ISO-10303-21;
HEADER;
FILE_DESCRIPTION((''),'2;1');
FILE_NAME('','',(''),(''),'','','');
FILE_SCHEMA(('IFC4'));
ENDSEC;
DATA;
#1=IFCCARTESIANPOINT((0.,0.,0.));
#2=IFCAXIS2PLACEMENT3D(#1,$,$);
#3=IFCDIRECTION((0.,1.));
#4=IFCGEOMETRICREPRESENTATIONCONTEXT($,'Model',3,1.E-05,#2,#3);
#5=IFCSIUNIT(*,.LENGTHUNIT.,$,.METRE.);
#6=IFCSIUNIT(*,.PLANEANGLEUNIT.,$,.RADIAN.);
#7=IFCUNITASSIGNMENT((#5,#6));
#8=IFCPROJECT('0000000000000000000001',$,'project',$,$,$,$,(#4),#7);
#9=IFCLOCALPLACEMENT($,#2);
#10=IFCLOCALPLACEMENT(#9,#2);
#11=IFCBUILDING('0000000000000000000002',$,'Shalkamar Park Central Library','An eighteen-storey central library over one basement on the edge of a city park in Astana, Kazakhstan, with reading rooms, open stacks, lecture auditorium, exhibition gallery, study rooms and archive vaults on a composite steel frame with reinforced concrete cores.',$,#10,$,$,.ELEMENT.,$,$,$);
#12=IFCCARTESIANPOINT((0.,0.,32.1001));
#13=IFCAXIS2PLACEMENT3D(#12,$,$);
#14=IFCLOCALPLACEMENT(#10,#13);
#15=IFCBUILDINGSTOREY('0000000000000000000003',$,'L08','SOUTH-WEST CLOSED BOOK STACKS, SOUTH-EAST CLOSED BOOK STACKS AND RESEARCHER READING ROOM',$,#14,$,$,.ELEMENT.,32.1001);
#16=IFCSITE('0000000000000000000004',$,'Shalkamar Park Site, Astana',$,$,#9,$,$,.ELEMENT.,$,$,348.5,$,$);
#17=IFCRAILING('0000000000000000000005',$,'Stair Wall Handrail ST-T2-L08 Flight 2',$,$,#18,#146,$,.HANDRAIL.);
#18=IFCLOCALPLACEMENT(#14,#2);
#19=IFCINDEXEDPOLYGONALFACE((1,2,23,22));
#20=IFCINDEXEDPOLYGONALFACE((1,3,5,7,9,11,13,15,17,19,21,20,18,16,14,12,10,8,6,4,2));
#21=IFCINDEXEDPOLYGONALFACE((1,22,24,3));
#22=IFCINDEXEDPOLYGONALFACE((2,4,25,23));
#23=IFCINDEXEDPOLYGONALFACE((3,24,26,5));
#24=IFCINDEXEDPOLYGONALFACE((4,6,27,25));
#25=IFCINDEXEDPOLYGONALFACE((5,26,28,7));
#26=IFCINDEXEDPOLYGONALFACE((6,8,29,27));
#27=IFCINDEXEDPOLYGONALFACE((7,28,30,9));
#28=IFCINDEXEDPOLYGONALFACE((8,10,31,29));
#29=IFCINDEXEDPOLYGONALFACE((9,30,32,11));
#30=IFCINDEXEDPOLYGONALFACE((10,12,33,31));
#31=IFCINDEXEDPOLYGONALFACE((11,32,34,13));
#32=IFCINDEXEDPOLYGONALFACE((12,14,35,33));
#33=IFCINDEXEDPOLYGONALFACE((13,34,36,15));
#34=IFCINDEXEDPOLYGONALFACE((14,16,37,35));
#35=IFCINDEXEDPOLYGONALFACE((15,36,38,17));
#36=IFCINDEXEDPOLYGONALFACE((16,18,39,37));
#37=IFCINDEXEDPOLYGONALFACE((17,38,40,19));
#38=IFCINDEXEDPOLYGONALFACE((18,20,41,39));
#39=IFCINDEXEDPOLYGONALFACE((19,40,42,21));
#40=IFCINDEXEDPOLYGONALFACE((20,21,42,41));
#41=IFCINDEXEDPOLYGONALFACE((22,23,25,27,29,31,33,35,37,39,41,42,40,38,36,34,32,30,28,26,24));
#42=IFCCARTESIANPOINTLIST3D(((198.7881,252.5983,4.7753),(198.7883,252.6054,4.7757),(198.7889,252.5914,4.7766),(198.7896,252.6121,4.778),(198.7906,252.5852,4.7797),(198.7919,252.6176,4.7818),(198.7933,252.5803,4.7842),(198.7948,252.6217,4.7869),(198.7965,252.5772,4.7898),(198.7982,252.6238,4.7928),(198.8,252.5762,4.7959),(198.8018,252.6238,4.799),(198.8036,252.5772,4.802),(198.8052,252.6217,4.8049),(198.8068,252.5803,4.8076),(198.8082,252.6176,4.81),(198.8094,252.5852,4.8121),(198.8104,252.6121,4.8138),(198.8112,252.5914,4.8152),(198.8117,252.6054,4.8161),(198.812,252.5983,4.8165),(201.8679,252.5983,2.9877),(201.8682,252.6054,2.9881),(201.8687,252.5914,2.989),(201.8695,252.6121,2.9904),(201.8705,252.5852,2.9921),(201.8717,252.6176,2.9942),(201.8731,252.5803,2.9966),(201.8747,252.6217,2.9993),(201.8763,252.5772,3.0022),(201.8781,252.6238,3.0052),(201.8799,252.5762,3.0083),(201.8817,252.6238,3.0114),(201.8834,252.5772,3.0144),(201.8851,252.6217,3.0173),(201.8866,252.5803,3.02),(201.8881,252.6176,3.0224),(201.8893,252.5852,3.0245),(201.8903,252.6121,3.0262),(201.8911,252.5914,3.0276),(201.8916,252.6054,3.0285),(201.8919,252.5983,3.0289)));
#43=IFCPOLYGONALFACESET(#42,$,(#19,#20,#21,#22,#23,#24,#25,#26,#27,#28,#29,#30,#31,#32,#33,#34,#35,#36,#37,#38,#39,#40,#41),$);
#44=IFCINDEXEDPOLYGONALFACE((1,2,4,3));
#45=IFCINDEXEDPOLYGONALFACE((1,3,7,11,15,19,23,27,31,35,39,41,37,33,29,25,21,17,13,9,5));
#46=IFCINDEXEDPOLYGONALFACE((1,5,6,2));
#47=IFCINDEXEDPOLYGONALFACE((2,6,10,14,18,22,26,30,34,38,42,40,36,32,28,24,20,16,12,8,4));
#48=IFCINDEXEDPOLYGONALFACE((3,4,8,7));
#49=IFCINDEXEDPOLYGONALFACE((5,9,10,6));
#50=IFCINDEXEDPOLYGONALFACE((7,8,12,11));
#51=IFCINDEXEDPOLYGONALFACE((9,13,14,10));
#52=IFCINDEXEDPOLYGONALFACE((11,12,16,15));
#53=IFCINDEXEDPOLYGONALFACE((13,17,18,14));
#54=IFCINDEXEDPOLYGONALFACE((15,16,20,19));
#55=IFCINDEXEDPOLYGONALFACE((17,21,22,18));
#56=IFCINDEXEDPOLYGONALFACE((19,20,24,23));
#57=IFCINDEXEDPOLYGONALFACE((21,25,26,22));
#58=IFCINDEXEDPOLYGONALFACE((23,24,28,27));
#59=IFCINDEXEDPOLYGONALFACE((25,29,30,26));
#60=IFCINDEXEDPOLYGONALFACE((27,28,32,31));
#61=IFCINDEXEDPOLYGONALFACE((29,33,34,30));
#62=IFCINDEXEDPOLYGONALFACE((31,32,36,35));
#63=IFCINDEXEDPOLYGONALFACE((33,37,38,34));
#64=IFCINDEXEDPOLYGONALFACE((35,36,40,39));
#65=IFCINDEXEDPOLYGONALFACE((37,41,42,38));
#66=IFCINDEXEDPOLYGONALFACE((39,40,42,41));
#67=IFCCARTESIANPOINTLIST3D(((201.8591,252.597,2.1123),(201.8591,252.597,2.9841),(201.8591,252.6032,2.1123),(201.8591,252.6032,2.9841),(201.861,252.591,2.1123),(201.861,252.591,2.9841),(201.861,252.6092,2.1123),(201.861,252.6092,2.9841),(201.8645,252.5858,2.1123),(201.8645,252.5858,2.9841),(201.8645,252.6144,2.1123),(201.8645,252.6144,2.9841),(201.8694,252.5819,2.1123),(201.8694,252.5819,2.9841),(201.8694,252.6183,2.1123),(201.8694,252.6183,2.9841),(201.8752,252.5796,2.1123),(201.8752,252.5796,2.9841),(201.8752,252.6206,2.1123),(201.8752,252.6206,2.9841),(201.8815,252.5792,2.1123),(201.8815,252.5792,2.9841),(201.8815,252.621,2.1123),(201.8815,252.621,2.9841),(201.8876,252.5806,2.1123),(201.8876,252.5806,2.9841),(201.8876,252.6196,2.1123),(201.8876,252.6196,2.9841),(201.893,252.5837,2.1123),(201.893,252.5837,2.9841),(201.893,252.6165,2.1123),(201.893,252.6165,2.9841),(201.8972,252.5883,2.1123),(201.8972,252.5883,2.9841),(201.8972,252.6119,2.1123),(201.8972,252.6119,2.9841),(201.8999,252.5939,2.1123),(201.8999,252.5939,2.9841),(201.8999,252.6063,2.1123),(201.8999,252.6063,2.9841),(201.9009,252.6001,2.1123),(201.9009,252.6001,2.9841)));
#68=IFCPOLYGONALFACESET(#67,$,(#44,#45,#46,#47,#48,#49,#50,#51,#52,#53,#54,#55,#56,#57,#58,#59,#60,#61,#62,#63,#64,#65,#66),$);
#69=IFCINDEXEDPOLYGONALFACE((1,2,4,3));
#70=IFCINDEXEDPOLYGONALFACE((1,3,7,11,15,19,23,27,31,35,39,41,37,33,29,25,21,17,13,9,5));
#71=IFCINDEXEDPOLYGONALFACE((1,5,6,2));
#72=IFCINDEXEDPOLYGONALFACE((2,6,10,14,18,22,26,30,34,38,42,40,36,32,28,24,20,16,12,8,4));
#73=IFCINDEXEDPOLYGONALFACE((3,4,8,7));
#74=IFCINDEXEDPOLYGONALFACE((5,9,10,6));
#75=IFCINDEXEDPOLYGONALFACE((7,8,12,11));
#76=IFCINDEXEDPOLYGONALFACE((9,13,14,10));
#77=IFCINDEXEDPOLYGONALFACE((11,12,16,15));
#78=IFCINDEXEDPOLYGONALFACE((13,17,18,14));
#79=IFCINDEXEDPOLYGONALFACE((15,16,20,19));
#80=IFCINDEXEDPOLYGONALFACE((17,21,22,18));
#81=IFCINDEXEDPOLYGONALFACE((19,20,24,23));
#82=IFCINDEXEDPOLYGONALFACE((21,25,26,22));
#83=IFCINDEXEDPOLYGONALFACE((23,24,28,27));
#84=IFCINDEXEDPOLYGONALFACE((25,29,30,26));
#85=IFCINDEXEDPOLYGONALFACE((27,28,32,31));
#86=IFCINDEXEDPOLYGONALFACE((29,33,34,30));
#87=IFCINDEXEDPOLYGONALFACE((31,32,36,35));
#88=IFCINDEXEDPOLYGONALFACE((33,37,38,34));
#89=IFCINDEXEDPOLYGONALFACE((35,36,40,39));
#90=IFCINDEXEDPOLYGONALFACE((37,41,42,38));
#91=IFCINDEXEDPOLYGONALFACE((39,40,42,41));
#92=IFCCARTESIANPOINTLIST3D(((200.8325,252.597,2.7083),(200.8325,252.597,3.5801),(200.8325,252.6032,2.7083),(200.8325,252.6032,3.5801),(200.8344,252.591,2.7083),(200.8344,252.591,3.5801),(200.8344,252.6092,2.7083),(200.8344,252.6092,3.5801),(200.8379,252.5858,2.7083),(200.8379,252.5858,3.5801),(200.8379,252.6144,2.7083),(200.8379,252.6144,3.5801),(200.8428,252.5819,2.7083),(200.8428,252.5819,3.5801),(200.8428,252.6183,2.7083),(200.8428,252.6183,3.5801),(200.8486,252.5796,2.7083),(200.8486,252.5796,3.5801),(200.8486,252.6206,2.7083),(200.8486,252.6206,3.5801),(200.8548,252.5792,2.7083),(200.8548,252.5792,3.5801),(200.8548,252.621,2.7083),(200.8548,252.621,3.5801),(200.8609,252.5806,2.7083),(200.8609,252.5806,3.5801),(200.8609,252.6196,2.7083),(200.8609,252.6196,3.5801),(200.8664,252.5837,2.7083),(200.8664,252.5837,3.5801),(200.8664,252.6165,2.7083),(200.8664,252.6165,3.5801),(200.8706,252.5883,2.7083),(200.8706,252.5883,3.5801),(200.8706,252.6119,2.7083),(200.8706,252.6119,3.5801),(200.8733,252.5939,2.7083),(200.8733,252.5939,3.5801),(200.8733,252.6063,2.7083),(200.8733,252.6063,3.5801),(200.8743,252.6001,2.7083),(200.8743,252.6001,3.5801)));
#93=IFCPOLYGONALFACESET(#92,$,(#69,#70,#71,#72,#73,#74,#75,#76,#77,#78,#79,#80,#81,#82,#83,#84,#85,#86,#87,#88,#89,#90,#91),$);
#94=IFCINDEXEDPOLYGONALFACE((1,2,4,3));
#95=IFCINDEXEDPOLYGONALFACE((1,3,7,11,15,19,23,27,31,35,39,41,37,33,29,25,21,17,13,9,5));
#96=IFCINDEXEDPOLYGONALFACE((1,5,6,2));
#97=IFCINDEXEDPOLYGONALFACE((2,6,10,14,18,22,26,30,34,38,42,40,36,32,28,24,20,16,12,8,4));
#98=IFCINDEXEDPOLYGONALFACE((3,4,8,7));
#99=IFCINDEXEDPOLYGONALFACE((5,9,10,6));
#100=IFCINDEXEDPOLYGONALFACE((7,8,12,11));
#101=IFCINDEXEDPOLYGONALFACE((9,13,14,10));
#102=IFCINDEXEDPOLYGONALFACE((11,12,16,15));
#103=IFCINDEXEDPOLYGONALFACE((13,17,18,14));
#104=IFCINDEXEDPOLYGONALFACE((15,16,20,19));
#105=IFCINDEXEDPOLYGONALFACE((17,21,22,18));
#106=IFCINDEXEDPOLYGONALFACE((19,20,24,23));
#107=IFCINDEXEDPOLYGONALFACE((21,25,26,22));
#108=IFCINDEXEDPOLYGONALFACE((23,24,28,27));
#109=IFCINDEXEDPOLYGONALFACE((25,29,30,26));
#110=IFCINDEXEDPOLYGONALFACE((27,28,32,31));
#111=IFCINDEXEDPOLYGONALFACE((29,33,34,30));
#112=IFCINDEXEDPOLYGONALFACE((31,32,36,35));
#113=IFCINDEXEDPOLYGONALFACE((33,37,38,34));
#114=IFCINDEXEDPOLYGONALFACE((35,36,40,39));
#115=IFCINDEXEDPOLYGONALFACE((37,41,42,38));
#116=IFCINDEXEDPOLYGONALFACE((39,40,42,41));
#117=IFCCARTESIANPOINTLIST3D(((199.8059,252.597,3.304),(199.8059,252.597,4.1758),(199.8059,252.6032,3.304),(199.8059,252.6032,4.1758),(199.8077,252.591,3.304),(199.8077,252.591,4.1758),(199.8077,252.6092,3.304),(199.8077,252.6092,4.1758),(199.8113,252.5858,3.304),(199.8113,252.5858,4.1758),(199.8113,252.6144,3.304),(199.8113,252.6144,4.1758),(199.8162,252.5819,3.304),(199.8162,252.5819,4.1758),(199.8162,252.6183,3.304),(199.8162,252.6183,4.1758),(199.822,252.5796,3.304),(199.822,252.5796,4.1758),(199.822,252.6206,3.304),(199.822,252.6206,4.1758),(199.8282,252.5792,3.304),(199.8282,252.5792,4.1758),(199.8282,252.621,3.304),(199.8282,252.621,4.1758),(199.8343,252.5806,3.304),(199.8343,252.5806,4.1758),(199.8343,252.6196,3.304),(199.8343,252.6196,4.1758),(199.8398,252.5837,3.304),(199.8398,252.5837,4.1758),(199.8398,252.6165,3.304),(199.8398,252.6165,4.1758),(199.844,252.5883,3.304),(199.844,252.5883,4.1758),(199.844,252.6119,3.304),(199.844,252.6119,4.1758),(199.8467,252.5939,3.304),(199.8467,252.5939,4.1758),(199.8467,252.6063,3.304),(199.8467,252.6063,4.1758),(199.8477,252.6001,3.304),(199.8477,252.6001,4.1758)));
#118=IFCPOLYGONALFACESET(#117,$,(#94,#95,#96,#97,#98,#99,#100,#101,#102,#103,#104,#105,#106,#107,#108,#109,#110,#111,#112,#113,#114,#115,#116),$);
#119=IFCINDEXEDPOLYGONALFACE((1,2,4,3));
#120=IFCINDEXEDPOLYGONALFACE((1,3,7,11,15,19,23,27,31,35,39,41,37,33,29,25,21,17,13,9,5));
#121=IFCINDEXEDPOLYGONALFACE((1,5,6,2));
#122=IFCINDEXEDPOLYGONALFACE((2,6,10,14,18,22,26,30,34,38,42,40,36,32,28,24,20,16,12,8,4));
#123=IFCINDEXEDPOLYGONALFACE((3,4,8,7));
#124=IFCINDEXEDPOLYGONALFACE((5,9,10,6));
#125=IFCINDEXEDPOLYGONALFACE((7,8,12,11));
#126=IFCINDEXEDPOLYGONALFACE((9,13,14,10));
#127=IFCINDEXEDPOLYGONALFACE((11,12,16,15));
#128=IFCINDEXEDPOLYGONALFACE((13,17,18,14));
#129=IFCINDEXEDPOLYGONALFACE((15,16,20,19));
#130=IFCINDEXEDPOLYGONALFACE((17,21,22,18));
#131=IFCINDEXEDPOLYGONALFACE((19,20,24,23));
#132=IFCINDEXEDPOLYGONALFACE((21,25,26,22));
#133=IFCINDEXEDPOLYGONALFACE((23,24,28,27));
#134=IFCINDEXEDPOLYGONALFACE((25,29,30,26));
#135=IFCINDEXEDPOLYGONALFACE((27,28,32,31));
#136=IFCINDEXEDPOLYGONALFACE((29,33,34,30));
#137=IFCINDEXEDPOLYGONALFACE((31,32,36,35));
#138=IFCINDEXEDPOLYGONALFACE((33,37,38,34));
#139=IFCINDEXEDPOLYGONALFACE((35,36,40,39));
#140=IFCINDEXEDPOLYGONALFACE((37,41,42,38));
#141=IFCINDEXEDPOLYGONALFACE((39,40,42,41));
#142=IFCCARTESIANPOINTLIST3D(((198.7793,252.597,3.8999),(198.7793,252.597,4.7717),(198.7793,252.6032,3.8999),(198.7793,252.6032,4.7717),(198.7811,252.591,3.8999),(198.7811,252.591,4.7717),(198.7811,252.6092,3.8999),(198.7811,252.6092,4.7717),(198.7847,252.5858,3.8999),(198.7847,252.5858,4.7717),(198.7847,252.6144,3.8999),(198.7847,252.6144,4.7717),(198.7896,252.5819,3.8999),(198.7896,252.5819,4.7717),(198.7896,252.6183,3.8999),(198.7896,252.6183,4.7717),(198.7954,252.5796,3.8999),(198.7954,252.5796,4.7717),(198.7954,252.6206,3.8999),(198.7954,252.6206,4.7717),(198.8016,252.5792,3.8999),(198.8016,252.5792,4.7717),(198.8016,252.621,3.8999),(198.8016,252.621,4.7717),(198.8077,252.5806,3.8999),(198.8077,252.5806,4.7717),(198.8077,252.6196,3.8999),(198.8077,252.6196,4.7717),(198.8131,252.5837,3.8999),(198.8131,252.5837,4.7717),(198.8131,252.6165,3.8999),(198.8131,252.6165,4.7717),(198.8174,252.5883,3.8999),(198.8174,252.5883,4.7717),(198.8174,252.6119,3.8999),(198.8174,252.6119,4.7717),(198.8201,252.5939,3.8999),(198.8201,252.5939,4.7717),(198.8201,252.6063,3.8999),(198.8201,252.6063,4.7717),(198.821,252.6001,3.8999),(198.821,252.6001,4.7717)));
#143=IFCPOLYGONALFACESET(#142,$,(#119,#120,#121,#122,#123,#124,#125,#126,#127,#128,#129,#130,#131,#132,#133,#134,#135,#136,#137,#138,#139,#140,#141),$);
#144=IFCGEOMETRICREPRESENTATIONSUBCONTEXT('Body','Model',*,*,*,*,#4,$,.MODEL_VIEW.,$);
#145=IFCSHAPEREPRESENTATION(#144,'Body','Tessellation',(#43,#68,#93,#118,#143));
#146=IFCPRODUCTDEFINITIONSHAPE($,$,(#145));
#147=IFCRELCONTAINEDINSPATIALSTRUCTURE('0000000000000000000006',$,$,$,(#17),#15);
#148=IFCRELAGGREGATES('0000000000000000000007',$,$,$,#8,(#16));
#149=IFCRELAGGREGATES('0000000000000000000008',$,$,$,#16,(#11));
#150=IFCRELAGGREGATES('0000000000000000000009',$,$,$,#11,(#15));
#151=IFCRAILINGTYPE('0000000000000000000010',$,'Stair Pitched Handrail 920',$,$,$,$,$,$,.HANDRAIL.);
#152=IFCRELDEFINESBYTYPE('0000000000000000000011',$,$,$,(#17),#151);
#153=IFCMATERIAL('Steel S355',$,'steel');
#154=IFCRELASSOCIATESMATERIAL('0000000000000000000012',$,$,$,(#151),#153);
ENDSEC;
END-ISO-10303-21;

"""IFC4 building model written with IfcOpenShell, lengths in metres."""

from ifc_helpers import new_model, si_unit, direction, frame, origin, origin_2d, place, context, subcontext, project, spatial, circle, extrude, material, type_object, element, save


model = new_model("IFC4")

# Units and contexts
model_context = context("Model", 3, precision=1e-05, world=origin(), true_north=direction((0.0, 1.0)))
body_context = subcontext(model_context, "Body", "Model", "MODEL_VIEW")
ifc_project = project(units=[si_unit("LENGTHUNIT", "METRE"), si_unit("PLANEANGLEUNIT", "RADIAN")], contexts=[model_context])

# Site, building, storey
site_placement = place(None, origin())
site = spatial("IfcSite", under=ifc_project, at=site_placement, Name="Shalkamar Park Site, Astana", CompositionType="ELEMENT", RefElevation=348.5)
building_placement = place(site_placement, origin())
building = spatial("IfcBuilding", under=site, at=building_placement, Name="Shalkamar Park Central Library", Description="An eighteen-storey central library over one basement on the edge of a city park in Astana, Kazakhstan, with reading rooms, open stacks, lecture auditorium, exhibition gallery, study rooms and archive vaults on a composite steel frame with reinforced concrete cores.", CompositionType="ELEMENT")
storey_placement = place(building_placement, frame((0.0, 0.0, 32.1001)))
storey = spatial("IfcBuildingStorey", under=building, at=storey_placement, Name="L08", Description="SOUTH-WEST CLOSED BOOK STACKS, SOUTH-EAST CLOSED BOOK STACKS AND RESEARCHER READING ROOM", CompositionType="ELEMENT", Elevation=32.1001)

# Shared definitions
ifc_material_1 = material(Name="Steel S355", Category="steel")

# Railing
railing_type_1 = type_object("IfcRailingType", Name="Stair Pitched Handrail 920", PredefinedType="HANDRAIL", material=ifc_material_1)
railing_1_placement = place(storey_placement, frame((201.8799, 252.6001, 2.1123)))
element("IfcRailing", 1, at=railing_1_placement, inside=storey, type_object=railing_type_1, Name="Stair Wall Handrail ST-T2-L08 Flight 2", PredefinedType="HANDRAIL", context=body_context, shape_type="SweptSolid", body=[
    extrude(circle(Radius=0.0239, at=origin_2d()), frame((0.0, 0.0, 0.896), z_axis=(-0.864873, 0.0, 0.50199), x_axis=(0.0, -1.0, 0.0)), (0.0, 0.0, 1.0), 3.561),
    extrude(circle(Radius=0.021, at=origin_2d()), origin(), (0.0, 0.0, 1.0), 0.8718),
    extrude(circle(Radius=0.021, at=origin_2d()), frame((-1.0266, 0.0, 0.5959)), (0.0, 0.0, 1.0), 0.8718),
    extrude(circle(Radius=0.021, at=origin_2d()), frame((-2.0532, 0.0, 1.1917)), (0.0, 0.0, 1.0), 0.8718),
    extrude(circle(Radius=0.021, at=origin_2d()), frame((-3.0798, 0.0, 1.7876)), (0.0, 0.0, 1.0), 0.8718),
])

save(model, "model.ifc")
